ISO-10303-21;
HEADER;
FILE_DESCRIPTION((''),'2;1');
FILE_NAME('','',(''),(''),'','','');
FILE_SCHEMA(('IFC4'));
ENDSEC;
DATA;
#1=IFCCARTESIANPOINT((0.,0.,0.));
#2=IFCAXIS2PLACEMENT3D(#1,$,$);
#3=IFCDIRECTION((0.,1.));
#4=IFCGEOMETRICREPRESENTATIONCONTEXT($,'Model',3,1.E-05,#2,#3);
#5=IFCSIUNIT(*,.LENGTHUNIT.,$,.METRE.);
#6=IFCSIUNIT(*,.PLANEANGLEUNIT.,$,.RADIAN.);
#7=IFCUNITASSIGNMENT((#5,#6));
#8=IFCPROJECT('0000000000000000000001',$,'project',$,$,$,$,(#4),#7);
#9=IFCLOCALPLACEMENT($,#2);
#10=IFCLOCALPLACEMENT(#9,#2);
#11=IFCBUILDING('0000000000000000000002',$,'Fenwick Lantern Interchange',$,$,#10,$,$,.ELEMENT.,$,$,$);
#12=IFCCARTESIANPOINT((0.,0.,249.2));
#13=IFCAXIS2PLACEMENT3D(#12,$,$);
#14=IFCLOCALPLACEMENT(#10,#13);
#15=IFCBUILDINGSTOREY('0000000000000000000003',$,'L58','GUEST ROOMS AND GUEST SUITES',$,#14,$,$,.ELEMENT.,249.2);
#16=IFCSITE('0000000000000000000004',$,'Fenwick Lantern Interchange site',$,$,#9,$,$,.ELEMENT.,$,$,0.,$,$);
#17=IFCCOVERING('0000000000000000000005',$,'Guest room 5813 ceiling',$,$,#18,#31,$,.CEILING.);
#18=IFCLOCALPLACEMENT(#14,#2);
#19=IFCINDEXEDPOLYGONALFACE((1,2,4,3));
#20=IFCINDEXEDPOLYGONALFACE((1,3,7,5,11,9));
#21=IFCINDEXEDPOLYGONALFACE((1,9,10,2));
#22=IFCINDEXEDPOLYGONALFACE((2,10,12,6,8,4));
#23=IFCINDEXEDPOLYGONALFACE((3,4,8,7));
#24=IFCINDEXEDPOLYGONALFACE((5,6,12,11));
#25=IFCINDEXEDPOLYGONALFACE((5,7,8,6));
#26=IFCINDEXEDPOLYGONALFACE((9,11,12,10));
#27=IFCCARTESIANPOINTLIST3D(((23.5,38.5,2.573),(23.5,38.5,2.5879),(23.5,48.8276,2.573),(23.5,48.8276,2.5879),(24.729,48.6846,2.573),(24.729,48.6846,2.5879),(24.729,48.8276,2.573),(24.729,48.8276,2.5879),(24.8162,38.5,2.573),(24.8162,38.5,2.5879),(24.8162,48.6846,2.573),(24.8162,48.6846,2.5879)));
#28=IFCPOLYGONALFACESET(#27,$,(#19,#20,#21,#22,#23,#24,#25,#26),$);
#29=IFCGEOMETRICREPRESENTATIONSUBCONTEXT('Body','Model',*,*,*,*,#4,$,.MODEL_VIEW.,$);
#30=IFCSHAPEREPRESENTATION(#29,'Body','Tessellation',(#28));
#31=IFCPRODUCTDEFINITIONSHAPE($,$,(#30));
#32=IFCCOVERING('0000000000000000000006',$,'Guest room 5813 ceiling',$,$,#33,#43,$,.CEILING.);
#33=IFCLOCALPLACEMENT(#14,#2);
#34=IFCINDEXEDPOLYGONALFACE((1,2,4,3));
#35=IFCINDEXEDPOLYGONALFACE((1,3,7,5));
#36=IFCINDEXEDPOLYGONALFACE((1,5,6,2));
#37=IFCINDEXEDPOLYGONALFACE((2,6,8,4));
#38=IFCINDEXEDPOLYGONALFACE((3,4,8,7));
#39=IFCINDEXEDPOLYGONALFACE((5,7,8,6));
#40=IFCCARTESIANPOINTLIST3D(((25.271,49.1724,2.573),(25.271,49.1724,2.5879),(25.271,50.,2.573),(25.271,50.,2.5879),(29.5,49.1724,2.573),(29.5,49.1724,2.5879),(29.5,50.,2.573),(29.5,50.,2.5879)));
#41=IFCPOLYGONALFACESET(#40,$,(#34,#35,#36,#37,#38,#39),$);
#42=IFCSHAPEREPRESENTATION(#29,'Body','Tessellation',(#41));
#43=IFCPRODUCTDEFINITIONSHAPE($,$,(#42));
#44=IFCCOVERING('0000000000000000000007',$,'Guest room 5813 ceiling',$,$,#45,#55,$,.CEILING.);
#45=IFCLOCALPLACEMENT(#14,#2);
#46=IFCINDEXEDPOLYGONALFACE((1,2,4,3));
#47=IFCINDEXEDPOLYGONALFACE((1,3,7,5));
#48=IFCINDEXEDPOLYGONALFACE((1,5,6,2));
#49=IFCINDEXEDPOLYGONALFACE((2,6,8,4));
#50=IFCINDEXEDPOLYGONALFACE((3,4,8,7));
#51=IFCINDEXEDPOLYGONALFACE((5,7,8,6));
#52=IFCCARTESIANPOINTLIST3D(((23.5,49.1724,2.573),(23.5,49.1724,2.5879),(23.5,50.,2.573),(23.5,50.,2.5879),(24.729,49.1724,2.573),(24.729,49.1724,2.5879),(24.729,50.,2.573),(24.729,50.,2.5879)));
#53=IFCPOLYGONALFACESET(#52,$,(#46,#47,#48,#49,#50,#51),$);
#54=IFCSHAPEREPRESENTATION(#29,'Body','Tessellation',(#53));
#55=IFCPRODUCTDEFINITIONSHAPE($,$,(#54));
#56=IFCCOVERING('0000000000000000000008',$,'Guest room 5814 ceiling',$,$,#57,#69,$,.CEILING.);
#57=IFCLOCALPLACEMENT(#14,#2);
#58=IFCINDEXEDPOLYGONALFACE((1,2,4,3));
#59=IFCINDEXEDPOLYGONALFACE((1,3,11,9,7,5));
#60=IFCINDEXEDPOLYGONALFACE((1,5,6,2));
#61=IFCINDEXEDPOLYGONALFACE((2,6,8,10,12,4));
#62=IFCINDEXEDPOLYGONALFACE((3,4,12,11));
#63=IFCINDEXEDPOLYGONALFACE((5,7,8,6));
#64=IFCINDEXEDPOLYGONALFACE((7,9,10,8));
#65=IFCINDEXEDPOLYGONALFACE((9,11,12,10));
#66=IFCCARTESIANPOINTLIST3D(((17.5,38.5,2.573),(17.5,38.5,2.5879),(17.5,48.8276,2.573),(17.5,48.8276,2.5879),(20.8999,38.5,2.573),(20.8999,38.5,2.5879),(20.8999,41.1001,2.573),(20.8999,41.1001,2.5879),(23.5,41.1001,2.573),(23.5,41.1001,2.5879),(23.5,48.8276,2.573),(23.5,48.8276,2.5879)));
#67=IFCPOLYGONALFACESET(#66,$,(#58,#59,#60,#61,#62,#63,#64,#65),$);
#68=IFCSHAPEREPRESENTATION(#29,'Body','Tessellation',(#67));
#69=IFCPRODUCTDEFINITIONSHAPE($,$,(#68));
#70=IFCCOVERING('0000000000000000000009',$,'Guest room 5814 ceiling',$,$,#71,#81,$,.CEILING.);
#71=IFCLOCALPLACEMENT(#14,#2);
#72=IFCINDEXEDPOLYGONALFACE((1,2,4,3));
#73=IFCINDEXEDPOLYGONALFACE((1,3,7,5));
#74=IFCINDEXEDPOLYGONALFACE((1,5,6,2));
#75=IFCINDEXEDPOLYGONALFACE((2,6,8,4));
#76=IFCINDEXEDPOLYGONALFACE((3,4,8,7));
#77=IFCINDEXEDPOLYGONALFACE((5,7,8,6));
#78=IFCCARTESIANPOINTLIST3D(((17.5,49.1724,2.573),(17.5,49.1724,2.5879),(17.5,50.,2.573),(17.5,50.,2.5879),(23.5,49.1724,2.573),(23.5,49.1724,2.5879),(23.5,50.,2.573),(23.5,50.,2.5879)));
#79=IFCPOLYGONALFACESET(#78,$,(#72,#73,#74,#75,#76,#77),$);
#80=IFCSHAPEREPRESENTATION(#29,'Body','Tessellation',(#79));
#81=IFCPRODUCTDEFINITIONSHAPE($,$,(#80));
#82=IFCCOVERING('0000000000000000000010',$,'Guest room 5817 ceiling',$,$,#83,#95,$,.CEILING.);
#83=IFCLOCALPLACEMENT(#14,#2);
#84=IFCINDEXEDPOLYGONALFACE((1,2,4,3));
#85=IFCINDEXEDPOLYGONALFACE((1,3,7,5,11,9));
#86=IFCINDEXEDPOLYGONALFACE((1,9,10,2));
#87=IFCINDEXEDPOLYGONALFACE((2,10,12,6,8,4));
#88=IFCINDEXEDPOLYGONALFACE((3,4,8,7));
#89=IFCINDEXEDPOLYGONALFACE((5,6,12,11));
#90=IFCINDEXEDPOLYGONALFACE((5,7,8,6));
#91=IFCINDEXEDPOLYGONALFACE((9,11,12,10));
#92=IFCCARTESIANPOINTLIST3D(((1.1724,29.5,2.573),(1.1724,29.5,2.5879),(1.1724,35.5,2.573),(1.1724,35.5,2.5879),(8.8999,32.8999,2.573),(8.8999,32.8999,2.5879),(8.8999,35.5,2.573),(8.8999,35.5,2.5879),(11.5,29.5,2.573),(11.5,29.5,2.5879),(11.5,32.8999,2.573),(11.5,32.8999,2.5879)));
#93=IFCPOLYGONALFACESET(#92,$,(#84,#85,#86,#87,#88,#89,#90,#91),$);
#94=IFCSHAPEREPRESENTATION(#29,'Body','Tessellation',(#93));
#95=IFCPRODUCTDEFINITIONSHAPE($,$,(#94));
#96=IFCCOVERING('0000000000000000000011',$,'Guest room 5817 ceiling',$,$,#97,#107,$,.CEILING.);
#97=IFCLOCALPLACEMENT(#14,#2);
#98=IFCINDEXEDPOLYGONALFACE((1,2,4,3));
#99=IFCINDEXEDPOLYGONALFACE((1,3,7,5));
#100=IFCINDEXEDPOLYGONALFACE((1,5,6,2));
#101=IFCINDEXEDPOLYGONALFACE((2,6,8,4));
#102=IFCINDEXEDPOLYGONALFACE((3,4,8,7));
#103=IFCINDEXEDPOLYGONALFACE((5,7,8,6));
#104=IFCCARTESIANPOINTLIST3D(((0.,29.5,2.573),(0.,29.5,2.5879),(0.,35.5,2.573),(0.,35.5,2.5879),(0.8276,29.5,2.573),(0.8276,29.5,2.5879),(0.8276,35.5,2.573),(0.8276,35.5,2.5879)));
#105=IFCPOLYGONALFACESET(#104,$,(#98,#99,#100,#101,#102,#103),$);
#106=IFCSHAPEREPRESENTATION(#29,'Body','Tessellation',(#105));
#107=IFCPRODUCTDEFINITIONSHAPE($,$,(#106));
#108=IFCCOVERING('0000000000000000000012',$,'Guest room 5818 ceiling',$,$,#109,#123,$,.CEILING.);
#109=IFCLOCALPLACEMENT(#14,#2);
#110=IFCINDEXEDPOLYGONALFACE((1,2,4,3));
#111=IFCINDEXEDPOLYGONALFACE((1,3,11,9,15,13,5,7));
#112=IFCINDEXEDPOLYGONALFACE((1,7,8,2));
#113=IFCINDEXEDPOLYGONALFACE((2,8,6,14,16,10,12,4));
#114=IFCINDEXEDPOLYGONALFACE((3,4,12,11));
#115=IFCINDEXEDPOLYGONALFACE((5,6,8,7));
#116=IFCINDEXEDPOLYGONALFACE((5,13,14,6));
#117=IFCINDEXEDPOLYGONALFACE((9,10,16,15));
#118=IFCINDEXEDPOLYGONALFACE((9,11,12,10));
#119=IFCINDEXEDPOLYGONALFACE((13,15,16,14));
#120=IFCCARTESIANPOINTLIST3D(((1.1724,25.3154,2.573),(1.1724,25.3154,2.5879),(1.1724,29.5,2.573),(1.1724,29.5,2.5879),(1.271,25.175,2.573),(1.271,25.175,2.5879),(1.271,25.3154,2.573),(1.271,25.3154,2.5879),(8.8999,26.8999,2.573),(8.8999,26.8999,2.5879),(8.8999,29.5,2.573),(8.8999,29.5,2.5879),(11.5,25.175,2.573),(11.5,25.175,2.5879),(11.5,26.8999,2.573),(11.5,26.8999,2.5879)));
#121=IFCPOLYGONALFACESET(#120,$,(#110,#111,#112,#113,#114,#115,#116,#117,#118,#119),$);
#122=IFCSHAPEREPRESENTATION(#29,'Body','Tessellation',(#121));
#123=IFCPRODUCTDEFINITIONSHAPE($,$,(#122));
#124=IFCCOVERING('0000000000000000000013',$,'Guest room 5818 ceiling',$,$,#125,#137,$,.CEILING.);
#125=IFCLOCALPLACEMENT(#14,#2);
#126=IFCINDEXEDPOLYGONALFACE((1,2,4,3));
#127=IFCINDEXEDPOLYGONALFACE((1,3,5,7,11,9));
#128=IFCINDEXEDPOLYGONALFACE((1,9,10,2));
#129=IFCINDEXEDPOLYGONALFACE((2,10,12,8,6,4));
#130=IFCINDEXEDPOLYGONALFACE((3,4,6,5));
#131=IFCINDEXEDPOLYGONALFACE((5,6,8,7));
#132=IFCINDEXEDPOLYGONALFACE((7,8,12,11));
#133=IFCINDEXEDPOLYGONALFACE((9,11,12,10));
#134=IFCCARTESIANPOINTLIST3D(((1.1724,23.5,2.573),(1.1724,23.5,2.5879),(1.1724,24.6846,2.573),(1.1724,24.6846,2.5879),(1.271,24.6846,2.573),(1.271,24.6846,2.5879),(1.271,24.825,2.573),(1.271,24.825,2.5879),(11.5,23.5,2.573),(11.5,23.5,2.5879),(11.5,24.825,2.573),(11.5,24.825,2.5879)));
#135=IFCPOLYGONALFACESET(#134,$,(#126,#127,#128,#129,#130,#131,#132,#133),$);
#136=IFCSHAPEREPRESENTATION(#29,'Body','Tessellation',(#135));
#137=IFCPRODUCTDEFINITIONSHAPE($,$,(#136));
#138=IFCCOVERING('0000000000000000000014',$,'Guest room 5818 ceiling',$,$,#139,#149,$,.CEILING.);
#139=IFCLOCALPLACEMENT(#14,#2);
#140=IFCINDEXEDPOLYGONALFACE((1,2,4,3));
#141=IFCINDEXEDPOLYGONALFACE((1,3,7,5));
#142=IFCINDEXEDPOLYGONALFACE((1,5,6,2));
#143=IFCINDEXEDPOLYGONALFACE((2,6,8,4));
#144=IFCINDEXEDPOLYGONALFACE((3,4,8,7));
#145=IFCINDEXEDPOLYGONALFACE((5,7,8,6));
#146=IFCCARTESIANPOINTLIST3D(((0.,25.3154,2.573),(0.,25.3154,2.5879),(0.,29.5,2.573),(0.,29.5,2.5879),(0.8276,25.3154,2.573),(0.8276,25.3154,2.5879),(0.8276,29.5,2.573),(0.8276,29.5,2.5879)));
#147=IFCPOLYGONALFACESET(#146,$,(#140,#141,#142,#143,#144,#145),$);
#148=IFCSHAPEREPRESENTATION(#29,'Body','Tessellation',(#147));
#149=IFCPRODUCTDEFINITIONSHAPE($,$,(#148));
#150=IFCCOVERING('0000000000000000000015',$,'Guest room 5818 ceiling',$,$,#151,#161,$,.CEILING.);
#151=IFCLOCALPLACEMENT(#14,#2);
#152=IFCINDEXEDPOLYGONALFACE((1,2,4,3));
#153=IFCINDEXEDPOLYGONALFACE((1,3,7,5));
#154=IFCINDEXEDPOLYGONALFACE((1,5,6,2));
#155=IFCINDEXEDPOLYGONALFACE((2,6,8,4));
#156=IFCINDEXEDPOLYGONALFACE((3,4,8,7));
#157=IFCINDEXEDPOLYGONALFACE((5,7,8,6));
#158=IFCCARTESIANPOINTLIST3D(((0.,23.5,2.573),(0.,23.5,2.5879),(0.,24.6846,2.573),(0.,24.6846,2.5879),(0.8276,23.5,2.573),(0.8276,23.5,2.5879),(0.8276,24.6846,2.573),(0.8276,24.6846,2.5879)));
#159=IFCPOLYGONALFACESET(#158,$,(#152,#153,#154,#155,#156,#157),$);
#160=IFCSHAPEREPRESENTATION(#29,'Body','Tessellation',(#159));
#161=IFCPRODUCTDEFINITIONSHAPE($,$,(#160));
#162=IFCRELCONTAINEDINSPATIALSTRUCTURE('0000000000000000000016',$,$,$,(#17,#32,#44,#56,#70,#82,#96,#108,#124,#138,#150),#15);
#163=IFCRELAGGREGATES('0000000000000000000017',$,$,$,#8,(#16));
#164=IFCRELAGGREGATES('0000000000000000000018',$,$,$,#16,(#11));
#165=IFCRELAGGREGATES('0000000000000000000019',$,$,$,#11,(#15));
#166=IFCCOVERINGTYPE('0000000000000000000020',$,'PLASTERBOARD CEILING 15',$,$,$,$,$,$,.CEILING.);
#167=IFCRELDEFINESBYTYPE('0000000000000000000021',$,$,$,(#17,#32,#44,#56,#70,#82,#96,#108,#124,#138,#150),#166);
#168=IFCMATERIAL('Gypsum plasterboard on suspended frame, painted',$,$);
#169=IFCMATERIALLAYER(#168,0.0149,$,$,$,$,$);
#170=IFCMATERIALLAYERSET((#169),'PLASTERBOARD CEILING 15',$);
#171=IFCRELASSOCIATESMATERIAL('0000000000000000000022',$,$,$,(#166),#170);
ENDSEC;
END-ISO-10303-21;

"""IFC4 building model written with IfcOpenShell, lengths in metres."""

from ifc_helpers import new_model, si_unit, direction, frame, origin, place, context, subcontext, project, spatial, polyline, outline, extrude, material, layer, layer_set, type_object, element, save


model = new_model("IFC4")

# Units and contexts
model_context = context("Model", 3, precision=1e-05, world=origin(), true_north=direction((0.0, 1.0)))
body_context = subcontext(model_context, "Body", "Model", "MODEL_VIEW")
ifc_project = project(units=[si_unit("LENGTHUNIT", "METRE"), si_unit("PLANEANGLEUNIT", "RADIAN")], contexts=[model_context])

# Site, building, storey
site_placement = place(None, origin())
site = spatial("IfcSite", under=ifc_project, at=site_placement, Name="Fenwick Lantern Interchange site", CompositionType="ELEMENT", RefElevation=0.0)
building_placement = place(site_placement, origin())
building = spatial("IfcBuilding", under=site, at=building_placement, Name="Fenwick Lantern Interchange", CompositionType="ELEMENT")
storey_placement = place(building_placement, frame((0.0, 0.0, 249.2)))
storey = spatial("IfcBuildingStorey", under=building, at=storey_placement, Name="L58", Description="GUEST ROOMS AND GUEST SUITES", CompositionType="ELEMENT", Elevation=249.2)

# Coverings
ifc_material_1 = material(Name="Gypsum plasterboard on suspended frame, painted")
ifc_layer_1 = layer(ifc_material_1, 0.0149)
ifc_layer_set_1 = layer_set([ifc_layer_1], Name="PLASTERBOARD CEILING 15")
covering_type_1 = type_object("IfcCoveringType", Name="PLASTERBOARD CEILING 15", PredefinedType="CEILING", material=ifc_layer_set_1)
covering_1_placement = place(storey_placement, frame((0.0, 0.0, 2.573)))
element("IfcCovering", 1, at=covering_1_placement, inside=storey, type_object=covering_type_1, Name="Guest room 5813 ceiling", PredefinedType="CEILING", context=body_context, shape_type="SweptSolid", body=[
    extrude(outline(polyline([(24.729, 48.6846), (24.729, 48.8276), (23.5, 48.8276), (23.5, 38.5), (24.8162, 38.5), (24.8162, 48.6846), (24.729, 48.6846)])), origin(), (0.0, 0.0, 1.0), 0.0149),
])
covering_2_placement = place(storey_placement, frame((0.0, 0.0, 2.573)))
element("IfcCovering", 2, at=covering_2_placement, inside=storey, type_object=covering_type_1, Name="Guest room 5813 ceiling", PredefinedType="CEILING", context=body_context, shape_type="SweptSolid", body=[
    extrude(outline(polyline([(25.271, 50.0), (25.271, 49.1724), (29.5, 49.1724), (29.5, 50.0), (25.271, 50.0)])), origin(), (0.0, 0.0, 1.0), 0.0149),
])
covering_3_placement = place(storey_placement, frame((0.0, 0.0, 2.573)))
element("IfcCovering", 3, at=covering_3_placement, inside=storey, type_object=covering_type_1, Name="Guest room 5813 ceiling", PredefinedType="CEILING", context=body_context, shape_type="SweptSolid", body=[
    extrude(outline(polyline([(24.729, 50.0), (23.5, 50.0), (23.5, 49.1724), (24.729, 49.1724), (24.729, 50.0)])), origin(), (0.0, 0.0, 1.0), 0.0149),
])
covering_4_placement = place(storey_placement, frame((0.0, 0.0, 2.573)))
element("IfcCovering", 4, at=covering_4_placement, inside=storey, type_object=covering_type_1, Name="Guest room 5814 ceiling", PredefinedType="CEILING", context=body_context, shape_type="SweptSolid", body=[
    extrude(outline(polyline([(17.5, 48.8276), (17.5, 38.5), (20.8999, 38.5), (20.8999, 41.1001), (23.5, 41.1001), (23.5, 48.8276), (17.5, 48.8276)])), origin(), (0.0, 0.0, 1.0), 0.0149),
])
covering_5_placement = place(storey_placement, frame((0.0, 0.0, 2.573)))
element("IfcCovering", 5, at=covering_5_placement, inside=storey, type_object=covering_type_1, Name="Guest room 5814 ceiling", PredefinedType="CEILING", context=body_context, shape_type="SweptSolid", body=[
    extrude(outline(polyline([(17.5, 50.0), (17.5, 49.1724), (23.5, 49.1724), (23.5, 50.0), (17.5, 50.0)])), origin(), (0.0, 0.0, 1.0), 0.0149),
])
covering_6_placement = place(storey_placement, frame((0.0, 0.0, 2.573)))
element("IfcCovering", 6, at=covering_6_placement, inside=storey, type_object=covering_type_1, Name="Guest room 5817 ceiling", PredefinedType="CEILING", context=body_context, shape_type="SweptSolid", body=[
    extrude(outline(polyline([(1.1724, 29.5), (11.5, 29.5), (11.5, 32.8999), (8.8999, 32.8999), (8.8999, 35.5), (1.1724, 35.5), (1.1724, 29.5)])), origin(), (0.0, 0.0, 1.0), 0.0149),
])
covering_7_placement = place(storey_placement, frame((0.0, 0.0, 2.573)))
element("IfcCovering", 7, at=covering_7_placement, inside=storey, type_object=covering_type_1, Name="Guest room 5817 ceiling", PredefinedType="CEILING", context=body_context, shape_type="SweptSolid", body=[
    extrude(outline(polyline([(0.0, 29.5), (0.8276, 29.5), (0.8276, 35.5), (0.0, 35.5), (0.0, 29.5)])), origin(), (0.0, 0.0, 1.0), 0.0149),
])
covering_8_placement = place(storey_placement, frame((0.0, 0.0, 2.573)))
element("IfcCovering", 8, at=covering_8_placement, inside=storey, type_object=covering_type_1, Name="Guest room 5818 ceiling", PredefinedType="CEILING", context=body_context, shape_type="SweptSolid", body=[
    extrude(outline(polyline([(1.271, 25.3154), (1.271, 25.175), (11.5, 25.175), (11.5, 26.8999), (8.8999, 26.8999), (8.8999, 29.5), (1.1724, 29.5), (1.1724, 25.3154), (1.271, 25.3154)])), origin(), (0.0, 0.0, 1.0), 0.0149),
])
covering_9_placement = place(storey_placement, frame((0.0, 0.0, 2.573)))
element("IfcCovering", 9, at=covering_9_placement, inside=storey, type_object=covering_type_1, Name="Guest room 5818 ceiling", PredefinedType="CEILING", context=body_context, shape_type="SweptSolid", body=[
    extrude(outline(polyline([(1.271, 24.6846), (1.1724, 24.6846), (1.1724, 23.5), (11.5, 23.5), (11.5, 24.825), (1.271, 24.825), (1.271, 24.6846)])), origin(), (0.0, 0.0, 1.0), 0.0149),
])
covering_10_placement = place(storey_placement, frame((0.0, 0.0, 2.573)))
element("IfcCovering", 10, at=covering_10_placement, inside=storey, type_object=covering_type_1, Name="Guest room 5818 ceiling", PredefinedType="CEILING", context=body_context, shape_type="SweptSolid", body=[
    extrude(outline(polyline([(0.0, 25.3154), (0.8276, 25.3154), (0.8276, 29.5), (0.0, 29.5), (0.0, 25.3154)])), origin(), (0.0, 0.0, 1.0), 0.0149),
])
covering_11_placement = place(storey_placement, frame((0.0, 0.0, 2.573)))
element("IfcCovering", 11, at=covering_11_placement, inside=storey, type_object=covering_type_1, Name="Guest room 5818 ceiling", PredefinedType="CEILING", context=body_context, shape_type="SweptSolid", body=[
    extrude(outline(polyline([(0.0, 24.6846), (0.0, 23.5), (0.8276, 23.5), (0.8276, 24.6846), (0.0, 24.6846)])), origin(), (0.0, 0.0, 1.0), 0.0149),
])

save(model, "model.ifc")
